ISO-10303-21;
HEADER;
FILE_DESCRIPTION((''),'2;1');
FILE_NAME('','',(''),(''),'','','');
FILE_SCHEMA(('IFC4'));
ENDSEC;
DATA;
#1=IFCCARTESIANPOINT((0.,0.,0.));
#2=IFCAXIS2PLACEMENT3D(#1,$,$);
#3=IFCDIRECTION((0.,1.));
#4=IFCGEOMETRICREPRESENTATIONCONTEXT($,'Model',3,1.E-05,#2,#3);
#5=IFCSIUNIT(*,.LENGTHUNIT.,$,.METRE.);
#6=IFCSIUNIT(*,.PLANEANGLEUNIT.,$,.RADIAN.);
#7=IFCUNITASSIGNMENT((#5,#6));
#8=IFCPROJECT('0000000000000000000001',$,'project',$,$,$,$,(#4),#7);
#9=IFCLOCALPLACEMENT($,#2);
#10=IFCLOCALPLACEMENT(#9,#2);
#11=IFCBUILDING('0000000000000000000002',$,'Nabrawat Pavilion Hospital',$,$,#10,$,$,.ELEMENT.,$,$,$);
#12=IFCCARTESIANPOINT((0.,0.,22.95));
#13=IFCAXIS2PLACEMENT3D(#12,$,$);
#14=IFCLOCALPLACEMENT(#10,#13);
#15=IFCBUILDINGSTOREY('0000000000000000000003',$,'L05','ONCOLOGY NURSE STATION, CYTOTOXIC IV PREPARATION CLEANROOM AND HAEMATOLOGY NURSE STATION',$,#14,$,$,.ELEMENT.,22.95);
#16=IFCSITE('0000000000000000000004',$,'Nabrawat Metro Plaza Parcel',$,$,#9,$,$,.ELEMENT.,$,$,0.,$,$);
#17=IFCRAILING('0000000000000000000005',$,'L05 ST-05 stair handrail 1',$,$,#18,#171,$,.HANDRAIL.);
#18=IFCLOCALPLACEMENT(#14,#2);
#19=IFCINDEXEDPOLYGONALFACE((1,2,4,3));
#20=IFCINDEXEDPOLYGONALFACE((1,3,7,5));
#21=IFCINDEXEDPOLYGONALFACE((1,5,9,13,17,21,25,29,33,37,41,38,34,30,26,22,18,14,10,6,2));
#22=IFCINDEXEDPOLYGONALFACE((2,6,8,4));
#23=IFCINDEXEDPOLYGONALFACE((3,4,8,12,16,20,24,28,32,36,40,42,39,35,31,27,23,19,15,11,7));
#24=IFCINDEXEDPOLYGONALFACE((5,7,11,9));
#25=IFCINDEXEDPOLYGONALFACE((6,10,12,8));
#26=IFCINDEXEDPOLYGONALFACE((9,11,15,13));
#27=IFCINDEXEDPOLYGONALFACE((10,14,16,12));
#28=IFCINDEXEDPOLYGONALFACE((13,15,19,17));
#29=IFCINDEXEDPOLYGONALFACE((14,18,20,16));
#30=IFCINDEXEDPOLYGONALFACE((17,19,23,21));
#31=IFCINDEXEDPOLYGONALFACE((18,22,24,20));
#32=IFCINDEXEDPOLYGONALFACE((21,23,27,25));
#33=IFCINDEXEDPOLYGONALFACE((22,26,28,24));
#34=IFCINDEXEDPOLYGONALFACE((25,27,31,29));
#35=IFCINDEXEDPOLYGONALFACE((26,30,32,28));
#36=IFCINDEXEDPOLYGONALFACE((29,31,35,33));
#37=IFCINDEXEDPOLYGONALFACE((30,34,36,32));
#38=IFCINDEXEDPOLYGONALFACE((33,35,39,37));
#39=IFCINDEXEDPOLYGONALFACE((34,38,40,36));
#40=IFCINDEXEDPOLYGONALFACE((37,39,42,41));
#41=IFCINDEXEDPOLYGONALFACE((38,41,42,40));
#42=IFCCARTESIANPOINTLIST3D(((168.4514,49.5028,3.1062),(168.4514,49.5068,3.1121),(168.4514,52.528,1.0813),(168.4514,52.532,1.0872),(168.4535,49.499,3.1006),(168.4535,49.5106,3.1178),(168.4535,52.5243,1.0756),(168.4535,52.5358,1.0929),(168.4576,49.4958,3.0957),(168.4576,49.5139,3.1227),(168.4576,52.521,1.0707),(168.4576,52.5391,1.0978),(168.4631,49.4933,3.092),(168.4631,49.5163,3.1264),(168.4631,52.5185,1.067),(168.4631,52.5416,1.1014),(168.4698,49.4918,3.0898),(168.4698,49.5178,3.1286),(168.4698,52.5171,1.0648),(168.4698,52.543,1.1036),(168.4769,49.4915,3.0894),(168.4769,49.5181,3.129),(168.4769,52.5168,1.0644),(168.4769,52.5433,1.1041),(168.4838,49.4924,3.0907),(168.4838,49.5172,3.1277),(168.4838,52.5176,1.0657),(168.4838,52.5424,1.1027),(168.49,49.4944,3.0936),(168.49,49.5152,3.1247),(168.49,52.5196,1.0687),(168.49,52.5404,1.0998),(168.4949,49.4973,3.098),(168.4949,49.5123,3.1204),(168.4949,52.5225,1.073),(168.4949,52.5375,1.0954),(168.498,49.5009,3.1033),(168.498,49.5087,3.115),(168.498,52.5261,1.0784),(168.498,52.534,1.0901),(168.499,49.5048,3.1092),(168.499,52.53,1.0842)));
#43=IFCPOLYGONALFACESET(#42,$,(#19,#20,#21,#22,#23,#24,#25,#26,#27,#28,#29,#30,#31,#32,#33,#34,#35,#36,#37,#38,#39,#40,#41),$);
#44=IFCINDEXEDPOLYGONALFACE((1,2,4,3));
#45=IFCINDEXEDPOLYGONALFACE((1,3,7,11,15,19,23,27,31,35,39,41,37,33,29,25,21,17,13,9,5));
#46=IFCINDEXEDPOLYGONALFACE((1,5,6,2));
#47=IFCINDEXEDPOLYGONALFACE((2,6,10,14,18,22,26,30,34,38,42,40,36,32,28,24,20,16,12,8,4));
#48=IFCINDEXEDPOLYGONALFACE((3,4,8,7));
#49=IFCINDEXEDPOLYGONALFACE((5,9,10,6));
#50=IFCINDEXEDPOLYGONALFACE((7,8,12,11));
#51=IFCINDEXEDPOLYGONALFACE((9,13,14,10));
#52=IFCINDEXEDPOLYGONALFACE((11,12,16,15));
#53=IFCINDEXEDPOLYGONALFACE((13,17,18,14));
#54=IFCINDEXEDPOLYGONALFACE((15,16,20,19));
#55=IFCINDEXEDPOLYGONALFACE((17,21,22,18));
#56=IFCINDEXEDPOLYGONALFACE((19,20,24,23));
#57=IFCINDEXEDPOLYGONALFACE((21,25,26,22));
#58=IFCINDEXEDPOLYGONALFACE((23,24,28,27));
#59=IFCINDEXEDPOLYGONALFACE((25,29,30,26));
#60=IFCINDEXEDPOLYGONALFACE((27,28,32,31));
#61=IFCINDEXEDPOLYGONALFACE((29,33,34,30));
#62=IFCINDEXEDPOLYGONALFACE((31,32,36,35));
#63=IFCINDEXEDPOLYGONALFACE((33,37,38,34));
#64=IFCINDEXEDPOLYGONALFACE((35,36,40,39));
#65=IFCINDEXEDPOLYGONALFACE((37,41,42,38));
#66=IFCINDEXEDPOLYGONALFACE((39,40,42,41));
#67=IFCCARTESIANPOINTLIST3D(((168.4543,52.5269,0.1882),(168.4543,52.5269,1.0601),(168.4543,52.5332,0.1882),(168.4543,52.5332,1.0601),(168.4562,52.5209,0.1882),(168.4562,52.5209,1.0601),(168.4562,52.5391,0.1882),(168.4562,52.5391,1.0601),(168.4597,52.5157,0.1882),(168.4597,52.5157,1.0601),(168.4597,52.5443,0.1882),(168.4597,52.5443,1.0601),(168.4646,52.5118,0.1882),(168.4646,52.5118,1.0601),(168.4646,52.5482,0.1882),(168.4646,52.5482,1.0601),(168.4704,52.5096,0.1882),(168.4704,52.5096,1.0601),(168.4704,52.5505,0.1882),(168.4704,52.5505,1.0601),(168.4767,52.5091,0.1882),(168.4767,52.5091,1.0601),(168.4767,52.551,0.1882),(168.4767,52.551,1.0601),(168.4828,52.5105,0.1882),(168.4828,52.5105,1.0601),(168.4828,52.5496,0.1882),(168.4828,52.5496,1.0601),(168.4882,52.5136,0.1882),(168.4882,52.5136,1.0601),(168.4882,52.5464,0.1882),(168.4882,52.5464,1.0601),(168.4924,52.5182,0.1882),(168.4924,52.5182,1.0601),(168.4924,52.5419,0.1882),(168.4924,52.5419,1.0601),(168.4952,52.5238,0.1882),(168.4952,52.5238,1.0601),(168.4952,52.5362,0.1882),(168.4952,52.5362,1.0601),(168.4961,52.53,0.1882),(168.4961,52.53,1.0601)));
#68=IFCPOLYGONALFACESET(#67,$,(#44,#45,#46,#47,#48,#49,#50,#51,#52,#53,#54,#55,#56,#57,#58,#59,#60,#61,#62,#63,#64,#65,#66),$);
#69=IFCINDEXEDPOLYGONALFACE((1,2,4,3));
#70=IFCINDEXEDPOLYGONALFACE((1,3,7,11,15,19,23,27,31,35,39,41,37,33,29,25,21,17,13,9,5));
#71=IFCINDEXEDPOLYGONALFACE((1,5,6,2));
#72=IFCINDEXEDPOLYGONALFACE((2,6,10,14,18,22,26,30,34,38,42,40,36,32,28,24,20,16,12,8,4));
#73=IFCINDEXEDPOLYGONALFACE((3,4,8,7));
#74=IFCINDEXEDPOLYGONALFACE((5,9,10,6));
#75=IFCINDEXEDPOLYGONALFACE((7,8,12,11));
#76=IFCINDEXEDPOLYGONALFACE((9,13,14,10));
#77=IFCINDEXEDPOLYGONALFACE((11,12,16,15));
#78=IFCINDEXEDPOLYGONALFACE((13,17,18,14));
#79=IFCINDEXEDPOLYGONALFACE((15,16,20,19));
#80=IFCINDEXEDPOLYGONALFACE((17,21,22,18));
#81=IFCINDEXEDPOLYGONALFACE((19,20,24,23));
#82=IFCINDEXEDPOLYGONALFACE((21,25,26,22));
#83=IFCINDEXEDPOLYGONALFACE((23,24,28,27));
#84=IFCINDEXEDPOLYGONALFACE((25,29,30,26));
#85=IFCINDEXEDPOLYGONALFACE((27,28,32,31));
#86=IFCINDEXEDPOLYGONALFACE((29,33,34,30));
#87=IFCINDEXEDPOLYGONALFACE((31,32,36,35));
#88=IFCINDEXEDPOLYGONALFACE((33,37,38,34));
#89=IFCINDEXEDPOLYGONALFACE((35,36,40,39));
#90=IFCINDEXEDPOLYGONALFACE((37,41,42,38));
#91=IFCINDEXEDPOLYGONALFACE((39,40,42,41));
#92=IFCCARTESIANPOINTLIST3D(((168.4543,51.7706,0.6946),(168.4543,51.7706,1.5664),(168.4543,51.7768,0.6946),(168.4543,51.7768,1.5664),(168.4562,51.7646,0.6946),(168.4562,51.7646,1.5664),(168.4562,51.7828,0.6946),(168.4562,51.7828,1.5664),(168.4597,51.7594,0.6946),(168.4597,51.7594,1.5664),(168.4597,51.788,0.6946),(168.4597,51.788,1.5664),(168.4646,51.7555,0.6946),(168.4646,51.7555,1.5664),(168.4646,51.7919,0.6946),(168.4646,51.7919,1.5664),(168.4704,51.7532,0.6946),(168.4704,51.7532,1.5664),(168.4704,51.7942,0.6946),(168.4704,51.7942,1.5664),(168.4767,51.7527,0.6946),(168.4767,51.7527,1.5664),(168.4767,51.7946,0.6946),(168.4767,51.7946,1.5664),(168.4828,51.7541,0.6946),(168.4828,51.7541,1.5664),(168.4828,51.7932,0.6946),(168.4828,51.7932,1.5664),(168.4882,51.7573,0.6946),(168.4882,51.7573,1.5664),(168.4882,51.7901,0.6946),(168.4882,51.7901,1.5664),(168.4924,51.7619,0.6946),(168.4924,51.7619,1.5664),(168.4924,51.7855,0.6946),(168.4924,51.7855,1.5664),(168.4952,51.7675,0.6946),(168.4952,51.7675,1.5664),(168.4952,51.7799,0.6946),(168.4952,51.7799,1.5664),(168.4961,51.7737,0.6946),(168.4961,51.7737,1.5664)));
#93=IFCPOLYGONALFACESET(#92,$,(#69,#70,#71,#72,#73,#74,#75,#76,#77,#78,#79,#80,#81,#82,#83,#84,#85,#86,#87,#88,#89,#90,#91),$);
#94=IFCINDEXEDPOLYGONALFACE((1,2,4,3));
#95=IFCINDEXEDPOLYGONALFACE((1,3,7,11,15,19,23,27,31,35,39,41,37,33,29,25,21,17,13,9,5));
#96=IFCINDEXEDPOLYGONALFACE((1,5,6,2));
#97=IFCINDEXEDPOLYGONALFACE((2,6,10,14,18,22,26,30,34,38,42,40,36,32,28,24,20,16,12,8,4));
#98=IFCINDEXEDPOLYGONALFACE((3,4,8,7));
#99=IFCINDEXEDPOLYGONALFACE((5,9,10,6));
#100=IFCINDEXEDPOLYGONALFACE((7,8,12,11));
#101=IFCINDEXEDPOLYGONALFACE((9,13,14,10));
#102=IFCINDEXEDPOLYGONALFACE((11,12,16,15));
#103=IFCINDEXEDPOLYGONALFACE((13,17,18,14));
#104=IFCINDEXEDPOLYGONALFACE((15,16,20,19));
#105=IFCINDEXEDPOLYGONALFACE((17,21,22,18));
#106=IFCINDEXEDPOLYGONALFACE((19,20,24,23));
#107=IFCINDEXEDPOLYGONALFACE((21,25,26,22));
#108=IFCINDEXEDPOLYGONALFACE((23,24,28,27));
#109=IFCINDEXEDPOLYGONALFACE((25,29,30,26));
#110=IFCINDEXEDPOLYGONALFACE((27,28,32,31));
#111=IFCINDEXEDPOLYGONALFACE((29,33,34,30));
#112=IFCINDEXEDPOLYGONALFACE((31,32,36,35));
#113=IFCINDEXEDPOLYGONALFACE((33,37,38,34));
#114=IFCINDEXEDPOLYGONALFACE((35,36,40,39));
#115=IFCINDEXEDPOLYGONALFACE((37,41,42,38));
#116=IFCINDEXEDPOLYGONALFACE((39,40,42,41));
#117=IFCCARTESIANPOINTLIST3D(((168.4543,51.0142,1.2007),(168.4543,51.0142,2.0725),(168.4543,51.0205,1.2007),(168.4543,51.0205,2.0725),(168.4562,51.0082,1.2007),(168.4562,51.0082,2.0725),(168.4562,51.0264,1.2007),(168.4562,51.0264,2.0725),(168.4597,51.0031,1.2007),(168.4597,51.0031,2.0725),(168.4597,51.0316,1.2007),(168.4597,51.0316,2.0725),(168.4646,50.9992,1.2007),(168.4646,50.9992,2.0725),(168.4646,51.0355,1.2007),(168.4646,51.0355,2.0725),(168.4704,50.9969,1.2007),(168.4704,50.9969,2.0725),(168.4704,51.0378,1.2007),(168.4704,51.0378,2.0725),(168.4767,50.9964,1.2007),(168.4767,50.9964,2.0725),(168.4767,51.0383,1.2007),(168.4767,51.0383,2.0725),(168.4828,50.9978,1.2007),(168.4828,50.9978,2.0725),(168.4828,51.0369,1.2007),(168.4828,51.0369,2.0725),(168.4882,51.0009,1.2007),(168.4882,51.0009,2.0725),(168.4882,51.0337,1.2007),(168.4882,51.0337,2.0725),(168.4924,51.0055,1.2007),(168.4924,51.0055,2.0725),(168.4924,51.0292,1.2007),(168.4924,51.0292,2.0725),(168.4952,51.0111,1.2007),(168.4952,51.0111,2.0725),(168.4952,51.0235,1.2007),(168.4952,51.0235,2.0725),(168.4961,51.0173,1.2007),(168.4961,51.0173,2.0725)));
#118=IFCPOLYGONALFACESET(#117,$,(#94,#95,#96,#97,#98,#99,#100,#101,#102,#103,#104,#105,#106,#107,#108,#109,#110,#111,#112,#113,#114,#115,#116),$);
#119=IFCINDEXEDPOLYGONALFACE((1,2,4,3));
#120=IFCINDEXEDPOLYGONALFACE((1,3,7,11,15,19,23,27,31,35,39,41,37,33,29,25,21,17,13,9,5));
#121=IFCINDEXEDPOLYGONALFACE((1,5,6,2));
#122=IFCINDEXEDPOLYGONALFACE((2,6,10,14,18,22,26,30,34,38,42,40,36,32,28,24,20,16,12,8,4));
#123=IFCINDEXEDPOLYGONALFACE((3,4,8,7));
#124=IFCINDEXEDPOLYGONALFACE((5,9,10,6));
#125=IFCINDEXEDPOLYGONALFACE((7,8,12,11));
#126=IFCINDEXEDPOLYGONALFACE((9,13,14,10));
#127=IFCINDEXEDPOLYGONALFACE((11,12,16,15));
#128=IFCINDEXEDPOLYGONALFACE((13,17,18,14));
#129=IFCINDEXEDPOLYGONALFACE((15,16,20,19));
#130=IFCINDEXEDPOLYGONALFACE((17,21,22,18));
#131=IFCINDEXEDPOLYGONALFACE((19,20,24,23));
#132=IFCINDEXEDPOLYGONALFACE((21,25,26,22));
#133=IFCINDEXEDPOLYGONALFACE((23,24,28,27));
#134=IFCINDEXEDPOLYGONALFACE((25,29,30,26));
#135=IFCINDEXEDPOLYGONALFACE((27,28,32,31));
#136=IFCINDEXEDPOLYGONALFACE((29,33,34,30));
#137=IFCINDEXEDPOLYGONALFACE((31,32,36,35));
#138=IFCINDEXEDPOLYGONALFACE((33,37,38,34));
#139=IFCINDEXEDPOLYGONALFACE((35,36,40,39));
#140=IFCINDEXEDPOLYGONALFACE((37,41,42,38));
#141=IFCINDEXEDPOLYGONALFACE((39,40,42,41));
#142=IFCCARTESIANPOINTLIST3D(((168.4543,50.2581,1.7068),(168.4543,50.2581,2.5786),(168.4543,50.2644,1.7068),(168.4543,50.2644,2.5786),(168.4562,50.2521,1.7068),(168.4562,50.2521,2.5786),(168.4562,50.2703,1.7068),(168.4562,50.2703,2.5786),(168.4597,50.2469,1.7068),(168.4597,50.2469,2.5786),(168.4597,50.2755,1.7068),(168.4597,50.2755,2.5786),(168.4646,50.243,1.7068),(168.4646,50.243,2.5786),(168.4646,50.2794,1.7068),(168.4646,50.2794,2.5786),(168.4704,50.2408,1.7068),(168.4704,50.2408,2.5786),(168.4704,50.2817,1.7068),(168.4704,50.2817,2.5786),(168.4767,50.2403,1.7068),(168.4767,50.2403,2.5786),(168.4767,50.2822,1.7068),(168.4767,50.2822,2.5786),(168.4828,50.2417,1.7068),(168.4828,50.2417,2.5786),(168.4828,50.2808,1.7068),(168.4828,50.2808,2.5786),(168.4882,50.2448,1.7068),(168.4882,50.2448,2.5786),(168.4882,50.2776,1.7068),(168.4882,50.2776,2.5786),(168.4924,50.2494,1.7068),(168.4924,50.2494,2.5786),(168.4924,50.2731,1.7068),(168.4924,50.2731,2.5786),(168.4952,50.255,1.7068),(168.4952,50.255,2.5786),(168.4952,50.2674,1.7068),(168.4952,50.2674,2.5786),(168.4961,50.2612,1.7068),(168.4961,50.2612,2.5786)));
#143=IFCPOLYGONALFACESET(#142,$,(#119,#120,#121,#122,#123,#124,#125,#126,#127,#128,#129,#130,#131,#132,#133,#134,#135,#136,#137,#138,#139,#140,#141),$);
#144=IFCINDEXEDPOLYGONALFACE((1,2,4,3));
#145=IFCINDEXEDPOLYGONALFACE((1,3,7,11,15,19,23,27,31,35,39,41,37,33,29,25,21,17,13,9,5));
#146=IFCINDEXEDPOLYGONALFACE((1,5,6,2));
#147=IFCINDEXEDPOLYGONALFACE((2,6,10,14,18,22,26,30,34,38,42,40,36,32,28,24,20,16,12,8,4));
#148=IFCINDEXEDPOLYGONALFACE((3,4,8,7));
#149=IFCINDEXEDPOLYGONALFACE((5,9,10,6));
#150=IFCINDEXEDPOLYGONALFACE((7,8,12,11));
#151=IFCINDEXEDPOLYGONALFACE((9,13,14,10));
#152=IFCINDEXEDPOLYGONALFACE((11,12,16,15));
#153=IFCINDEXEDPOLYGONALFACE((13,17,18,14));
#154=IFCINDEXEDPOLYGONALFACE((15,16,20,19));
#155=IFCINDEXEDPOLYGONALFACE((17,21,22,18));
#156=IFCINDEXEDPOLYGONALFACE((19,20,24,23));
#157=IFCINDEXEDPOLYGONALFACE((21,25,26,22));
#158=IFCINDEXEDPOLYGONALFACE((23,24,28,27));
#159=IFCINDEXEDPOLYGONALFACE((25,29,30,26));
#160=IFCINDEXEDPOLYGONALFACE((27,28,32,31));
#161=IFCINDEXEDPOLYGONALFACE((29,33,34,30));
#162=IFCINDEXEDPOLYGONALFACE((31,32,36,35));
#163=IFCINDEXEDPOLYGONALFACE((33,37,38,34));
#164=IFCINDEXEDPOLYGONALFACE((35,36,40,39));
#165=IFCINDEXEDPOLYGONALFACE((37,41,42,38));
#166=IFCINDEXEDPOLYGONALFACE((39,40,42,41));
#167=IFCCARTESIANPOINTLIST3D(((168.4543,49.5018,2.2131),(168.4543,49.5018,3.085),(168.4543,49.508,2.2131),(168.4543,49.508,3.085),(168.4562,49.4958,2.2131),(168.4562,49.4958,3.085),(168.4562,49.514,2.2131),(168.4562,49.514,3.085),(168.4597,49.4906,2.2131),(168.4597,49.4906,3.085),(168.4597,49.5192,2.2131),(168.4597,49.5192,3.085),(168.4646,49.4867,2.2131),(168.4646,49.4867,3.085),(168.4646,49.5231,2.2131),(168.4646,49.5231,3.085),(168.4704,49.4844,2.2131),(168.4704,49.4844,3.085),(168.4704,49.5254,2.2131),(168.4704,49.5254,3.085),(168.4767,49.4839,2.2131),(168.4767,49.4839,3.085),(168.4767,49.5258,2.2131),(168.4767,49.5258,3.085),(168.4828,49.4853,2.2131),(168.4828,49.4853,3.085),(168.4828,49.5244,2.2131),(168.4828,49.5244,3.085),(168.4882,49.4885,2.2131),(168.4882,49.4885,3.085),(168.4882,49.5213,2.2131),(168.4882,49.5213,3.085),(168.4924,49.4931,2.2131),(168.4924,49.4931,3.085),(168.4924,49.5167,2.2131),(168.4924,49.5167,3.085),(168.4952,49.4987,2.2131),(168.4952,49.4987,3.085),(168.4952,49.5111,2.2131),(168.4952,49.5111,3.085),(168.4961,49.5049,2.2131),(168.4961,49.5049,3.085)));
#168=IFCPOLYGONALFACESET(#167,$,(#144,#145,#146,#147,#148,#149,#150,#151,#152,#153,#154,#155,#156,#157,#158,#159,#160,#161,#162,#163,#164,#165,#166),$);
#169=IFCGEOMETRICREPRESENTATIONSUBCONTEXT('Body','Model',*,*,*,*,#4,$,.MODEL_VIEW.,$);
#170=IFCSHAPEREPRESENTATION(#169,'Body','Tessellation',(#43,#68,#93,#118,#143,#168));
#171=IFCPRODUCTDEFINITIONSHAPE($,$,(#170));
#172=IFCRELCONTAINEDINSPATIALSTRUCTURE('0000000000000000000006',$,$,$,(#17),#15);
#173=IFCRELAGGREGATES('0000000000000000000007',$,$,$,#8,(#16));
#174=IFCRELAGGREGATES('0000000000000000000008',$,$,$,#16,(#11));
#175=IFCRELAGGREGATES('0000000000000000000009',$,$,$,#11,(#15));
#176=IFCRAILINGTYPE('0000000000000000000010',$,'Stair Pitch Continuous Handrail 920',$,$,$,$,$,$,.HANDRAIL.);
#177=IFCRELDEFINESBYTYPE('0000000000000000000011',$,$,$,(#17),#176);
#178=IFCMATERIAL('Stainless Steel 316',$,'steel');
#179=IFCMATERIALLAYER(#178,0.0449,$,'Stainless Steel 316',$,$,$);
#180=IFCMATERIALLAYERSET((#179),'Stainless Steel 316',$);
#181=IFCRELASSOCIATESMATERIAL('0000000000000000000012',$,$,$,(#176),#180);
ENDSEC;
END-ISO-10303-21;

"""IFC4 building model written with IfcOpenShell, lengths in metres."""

from ifc_helpers import new_model, si_unit, direction, frame, origin, origin_2d, place, context, subcontext, project, spatial, circle, extrude, material, layer, layer_set, type_object, element, save


model = new_model("IFC4")

# Units and contexts
model_context = context("Model", 3, precision=1e-05, world=origin(), true_north=direction((0.0, 1.0)))
body_context = subcontext(model_context, "Body", "Model", "MODEL_VIEW")
ifc_project = project(units=[si_unit("LENGTHUNIT", "METRE"), si_unit("PLANEANGLEUNIT", "RADIAN")], contexts=[model_context])

# Site, building, storey
site_placement = place(None, origin())
site = spatial("IfcSite", under=ifc_project, at=site_placement, Name="Nabrawat Metro Plaza Parcel", CompositionType="ELEMENT", RefElevation=0.0)
building_placement = place(site_placement, origin())
building = spatial("IfcBuilding", under=site, at=building_placement, Name="Nabrawat Pavilion Hospital", CompositionType="ELEMENT")
storey_placement = place(building_placement, frame((0.0, 0.0, 22.95)))
storey = spatial("IfcBuildingStorey", under=building, at=storey_placement, Name="L05", Description="ONCOLOGY NURSE STATION, CYTOTOXIC IV PREPARATION CLEANROOM AND HAEMATOLOGY NURSE STATION", CompositionType="ELEMENT", Elevation=22.95)

# Railing
ifc_material_1 = material(Name="Stainless Steel 316", Category="steel")
ifc_layer_1 = layer(ifc_material_1, 0.0449, Name="Stainless Steel 316")
ifc_layer_set_1 = layer_set([ifc_layer_1], Name="Stainless Steel 316")
railing_type_1 = type_object("IfcRailingType", Name="Stair Pitch Continuous Handrail 920", PredefinedType="HANDRAIL", material=ifc_layer_set_1)
railing_1_placement = place(storey_placement, frame((168.4751, 52.53, 0.1882)))
element("IfcRailing", 1, at=railing_1_placement, inside=storey, type_object=railing_type_1, Name="L05 ST-05 stair handrail 1", PredefinedType="HANDRAIL", context=body_context, shape_type="SweptSolid", body=[
    extrude(circle(Radius=0.0239, at=origin_2d()), frame((0.0, 0.0, 0.896), z_axis=(0.0, -0.831017, 0.556247), x_axis=(1.0, 0.0, 0.0)), (0.0, 0.0, 1.0), 3.6404),
    extrude(circle(Radius=0.021, at=origin_2d()), origin(), (0.0, 0.0, 1.0), 0.8718),
    extrude(circle(Radius=0.021, at=origin_2d()), frame((0.0, -0.7563, 0.5063)), (0.0, 0.0, 1.0), 0.8718),
    extrude(circle(Radius=0.021, at=origin_2d()), frame((0.0, -1.5127, 1.0125)), (0.0, 0.0, 1.0), 0.8718),
    extrude(circle(Radius=0.021, at=origin_2d()), frame((0.0, -2.2688, 1.5186)), (0.0, 0.0, 1.0), 0.8718),
    extrude(circle(Radius=0.021, at=origin_2d()), frame((0.0, -3.0251, 2.0249)), (0.0, 0.0, 1.0), 0.8718),
])

save(model, "model.ifc")
